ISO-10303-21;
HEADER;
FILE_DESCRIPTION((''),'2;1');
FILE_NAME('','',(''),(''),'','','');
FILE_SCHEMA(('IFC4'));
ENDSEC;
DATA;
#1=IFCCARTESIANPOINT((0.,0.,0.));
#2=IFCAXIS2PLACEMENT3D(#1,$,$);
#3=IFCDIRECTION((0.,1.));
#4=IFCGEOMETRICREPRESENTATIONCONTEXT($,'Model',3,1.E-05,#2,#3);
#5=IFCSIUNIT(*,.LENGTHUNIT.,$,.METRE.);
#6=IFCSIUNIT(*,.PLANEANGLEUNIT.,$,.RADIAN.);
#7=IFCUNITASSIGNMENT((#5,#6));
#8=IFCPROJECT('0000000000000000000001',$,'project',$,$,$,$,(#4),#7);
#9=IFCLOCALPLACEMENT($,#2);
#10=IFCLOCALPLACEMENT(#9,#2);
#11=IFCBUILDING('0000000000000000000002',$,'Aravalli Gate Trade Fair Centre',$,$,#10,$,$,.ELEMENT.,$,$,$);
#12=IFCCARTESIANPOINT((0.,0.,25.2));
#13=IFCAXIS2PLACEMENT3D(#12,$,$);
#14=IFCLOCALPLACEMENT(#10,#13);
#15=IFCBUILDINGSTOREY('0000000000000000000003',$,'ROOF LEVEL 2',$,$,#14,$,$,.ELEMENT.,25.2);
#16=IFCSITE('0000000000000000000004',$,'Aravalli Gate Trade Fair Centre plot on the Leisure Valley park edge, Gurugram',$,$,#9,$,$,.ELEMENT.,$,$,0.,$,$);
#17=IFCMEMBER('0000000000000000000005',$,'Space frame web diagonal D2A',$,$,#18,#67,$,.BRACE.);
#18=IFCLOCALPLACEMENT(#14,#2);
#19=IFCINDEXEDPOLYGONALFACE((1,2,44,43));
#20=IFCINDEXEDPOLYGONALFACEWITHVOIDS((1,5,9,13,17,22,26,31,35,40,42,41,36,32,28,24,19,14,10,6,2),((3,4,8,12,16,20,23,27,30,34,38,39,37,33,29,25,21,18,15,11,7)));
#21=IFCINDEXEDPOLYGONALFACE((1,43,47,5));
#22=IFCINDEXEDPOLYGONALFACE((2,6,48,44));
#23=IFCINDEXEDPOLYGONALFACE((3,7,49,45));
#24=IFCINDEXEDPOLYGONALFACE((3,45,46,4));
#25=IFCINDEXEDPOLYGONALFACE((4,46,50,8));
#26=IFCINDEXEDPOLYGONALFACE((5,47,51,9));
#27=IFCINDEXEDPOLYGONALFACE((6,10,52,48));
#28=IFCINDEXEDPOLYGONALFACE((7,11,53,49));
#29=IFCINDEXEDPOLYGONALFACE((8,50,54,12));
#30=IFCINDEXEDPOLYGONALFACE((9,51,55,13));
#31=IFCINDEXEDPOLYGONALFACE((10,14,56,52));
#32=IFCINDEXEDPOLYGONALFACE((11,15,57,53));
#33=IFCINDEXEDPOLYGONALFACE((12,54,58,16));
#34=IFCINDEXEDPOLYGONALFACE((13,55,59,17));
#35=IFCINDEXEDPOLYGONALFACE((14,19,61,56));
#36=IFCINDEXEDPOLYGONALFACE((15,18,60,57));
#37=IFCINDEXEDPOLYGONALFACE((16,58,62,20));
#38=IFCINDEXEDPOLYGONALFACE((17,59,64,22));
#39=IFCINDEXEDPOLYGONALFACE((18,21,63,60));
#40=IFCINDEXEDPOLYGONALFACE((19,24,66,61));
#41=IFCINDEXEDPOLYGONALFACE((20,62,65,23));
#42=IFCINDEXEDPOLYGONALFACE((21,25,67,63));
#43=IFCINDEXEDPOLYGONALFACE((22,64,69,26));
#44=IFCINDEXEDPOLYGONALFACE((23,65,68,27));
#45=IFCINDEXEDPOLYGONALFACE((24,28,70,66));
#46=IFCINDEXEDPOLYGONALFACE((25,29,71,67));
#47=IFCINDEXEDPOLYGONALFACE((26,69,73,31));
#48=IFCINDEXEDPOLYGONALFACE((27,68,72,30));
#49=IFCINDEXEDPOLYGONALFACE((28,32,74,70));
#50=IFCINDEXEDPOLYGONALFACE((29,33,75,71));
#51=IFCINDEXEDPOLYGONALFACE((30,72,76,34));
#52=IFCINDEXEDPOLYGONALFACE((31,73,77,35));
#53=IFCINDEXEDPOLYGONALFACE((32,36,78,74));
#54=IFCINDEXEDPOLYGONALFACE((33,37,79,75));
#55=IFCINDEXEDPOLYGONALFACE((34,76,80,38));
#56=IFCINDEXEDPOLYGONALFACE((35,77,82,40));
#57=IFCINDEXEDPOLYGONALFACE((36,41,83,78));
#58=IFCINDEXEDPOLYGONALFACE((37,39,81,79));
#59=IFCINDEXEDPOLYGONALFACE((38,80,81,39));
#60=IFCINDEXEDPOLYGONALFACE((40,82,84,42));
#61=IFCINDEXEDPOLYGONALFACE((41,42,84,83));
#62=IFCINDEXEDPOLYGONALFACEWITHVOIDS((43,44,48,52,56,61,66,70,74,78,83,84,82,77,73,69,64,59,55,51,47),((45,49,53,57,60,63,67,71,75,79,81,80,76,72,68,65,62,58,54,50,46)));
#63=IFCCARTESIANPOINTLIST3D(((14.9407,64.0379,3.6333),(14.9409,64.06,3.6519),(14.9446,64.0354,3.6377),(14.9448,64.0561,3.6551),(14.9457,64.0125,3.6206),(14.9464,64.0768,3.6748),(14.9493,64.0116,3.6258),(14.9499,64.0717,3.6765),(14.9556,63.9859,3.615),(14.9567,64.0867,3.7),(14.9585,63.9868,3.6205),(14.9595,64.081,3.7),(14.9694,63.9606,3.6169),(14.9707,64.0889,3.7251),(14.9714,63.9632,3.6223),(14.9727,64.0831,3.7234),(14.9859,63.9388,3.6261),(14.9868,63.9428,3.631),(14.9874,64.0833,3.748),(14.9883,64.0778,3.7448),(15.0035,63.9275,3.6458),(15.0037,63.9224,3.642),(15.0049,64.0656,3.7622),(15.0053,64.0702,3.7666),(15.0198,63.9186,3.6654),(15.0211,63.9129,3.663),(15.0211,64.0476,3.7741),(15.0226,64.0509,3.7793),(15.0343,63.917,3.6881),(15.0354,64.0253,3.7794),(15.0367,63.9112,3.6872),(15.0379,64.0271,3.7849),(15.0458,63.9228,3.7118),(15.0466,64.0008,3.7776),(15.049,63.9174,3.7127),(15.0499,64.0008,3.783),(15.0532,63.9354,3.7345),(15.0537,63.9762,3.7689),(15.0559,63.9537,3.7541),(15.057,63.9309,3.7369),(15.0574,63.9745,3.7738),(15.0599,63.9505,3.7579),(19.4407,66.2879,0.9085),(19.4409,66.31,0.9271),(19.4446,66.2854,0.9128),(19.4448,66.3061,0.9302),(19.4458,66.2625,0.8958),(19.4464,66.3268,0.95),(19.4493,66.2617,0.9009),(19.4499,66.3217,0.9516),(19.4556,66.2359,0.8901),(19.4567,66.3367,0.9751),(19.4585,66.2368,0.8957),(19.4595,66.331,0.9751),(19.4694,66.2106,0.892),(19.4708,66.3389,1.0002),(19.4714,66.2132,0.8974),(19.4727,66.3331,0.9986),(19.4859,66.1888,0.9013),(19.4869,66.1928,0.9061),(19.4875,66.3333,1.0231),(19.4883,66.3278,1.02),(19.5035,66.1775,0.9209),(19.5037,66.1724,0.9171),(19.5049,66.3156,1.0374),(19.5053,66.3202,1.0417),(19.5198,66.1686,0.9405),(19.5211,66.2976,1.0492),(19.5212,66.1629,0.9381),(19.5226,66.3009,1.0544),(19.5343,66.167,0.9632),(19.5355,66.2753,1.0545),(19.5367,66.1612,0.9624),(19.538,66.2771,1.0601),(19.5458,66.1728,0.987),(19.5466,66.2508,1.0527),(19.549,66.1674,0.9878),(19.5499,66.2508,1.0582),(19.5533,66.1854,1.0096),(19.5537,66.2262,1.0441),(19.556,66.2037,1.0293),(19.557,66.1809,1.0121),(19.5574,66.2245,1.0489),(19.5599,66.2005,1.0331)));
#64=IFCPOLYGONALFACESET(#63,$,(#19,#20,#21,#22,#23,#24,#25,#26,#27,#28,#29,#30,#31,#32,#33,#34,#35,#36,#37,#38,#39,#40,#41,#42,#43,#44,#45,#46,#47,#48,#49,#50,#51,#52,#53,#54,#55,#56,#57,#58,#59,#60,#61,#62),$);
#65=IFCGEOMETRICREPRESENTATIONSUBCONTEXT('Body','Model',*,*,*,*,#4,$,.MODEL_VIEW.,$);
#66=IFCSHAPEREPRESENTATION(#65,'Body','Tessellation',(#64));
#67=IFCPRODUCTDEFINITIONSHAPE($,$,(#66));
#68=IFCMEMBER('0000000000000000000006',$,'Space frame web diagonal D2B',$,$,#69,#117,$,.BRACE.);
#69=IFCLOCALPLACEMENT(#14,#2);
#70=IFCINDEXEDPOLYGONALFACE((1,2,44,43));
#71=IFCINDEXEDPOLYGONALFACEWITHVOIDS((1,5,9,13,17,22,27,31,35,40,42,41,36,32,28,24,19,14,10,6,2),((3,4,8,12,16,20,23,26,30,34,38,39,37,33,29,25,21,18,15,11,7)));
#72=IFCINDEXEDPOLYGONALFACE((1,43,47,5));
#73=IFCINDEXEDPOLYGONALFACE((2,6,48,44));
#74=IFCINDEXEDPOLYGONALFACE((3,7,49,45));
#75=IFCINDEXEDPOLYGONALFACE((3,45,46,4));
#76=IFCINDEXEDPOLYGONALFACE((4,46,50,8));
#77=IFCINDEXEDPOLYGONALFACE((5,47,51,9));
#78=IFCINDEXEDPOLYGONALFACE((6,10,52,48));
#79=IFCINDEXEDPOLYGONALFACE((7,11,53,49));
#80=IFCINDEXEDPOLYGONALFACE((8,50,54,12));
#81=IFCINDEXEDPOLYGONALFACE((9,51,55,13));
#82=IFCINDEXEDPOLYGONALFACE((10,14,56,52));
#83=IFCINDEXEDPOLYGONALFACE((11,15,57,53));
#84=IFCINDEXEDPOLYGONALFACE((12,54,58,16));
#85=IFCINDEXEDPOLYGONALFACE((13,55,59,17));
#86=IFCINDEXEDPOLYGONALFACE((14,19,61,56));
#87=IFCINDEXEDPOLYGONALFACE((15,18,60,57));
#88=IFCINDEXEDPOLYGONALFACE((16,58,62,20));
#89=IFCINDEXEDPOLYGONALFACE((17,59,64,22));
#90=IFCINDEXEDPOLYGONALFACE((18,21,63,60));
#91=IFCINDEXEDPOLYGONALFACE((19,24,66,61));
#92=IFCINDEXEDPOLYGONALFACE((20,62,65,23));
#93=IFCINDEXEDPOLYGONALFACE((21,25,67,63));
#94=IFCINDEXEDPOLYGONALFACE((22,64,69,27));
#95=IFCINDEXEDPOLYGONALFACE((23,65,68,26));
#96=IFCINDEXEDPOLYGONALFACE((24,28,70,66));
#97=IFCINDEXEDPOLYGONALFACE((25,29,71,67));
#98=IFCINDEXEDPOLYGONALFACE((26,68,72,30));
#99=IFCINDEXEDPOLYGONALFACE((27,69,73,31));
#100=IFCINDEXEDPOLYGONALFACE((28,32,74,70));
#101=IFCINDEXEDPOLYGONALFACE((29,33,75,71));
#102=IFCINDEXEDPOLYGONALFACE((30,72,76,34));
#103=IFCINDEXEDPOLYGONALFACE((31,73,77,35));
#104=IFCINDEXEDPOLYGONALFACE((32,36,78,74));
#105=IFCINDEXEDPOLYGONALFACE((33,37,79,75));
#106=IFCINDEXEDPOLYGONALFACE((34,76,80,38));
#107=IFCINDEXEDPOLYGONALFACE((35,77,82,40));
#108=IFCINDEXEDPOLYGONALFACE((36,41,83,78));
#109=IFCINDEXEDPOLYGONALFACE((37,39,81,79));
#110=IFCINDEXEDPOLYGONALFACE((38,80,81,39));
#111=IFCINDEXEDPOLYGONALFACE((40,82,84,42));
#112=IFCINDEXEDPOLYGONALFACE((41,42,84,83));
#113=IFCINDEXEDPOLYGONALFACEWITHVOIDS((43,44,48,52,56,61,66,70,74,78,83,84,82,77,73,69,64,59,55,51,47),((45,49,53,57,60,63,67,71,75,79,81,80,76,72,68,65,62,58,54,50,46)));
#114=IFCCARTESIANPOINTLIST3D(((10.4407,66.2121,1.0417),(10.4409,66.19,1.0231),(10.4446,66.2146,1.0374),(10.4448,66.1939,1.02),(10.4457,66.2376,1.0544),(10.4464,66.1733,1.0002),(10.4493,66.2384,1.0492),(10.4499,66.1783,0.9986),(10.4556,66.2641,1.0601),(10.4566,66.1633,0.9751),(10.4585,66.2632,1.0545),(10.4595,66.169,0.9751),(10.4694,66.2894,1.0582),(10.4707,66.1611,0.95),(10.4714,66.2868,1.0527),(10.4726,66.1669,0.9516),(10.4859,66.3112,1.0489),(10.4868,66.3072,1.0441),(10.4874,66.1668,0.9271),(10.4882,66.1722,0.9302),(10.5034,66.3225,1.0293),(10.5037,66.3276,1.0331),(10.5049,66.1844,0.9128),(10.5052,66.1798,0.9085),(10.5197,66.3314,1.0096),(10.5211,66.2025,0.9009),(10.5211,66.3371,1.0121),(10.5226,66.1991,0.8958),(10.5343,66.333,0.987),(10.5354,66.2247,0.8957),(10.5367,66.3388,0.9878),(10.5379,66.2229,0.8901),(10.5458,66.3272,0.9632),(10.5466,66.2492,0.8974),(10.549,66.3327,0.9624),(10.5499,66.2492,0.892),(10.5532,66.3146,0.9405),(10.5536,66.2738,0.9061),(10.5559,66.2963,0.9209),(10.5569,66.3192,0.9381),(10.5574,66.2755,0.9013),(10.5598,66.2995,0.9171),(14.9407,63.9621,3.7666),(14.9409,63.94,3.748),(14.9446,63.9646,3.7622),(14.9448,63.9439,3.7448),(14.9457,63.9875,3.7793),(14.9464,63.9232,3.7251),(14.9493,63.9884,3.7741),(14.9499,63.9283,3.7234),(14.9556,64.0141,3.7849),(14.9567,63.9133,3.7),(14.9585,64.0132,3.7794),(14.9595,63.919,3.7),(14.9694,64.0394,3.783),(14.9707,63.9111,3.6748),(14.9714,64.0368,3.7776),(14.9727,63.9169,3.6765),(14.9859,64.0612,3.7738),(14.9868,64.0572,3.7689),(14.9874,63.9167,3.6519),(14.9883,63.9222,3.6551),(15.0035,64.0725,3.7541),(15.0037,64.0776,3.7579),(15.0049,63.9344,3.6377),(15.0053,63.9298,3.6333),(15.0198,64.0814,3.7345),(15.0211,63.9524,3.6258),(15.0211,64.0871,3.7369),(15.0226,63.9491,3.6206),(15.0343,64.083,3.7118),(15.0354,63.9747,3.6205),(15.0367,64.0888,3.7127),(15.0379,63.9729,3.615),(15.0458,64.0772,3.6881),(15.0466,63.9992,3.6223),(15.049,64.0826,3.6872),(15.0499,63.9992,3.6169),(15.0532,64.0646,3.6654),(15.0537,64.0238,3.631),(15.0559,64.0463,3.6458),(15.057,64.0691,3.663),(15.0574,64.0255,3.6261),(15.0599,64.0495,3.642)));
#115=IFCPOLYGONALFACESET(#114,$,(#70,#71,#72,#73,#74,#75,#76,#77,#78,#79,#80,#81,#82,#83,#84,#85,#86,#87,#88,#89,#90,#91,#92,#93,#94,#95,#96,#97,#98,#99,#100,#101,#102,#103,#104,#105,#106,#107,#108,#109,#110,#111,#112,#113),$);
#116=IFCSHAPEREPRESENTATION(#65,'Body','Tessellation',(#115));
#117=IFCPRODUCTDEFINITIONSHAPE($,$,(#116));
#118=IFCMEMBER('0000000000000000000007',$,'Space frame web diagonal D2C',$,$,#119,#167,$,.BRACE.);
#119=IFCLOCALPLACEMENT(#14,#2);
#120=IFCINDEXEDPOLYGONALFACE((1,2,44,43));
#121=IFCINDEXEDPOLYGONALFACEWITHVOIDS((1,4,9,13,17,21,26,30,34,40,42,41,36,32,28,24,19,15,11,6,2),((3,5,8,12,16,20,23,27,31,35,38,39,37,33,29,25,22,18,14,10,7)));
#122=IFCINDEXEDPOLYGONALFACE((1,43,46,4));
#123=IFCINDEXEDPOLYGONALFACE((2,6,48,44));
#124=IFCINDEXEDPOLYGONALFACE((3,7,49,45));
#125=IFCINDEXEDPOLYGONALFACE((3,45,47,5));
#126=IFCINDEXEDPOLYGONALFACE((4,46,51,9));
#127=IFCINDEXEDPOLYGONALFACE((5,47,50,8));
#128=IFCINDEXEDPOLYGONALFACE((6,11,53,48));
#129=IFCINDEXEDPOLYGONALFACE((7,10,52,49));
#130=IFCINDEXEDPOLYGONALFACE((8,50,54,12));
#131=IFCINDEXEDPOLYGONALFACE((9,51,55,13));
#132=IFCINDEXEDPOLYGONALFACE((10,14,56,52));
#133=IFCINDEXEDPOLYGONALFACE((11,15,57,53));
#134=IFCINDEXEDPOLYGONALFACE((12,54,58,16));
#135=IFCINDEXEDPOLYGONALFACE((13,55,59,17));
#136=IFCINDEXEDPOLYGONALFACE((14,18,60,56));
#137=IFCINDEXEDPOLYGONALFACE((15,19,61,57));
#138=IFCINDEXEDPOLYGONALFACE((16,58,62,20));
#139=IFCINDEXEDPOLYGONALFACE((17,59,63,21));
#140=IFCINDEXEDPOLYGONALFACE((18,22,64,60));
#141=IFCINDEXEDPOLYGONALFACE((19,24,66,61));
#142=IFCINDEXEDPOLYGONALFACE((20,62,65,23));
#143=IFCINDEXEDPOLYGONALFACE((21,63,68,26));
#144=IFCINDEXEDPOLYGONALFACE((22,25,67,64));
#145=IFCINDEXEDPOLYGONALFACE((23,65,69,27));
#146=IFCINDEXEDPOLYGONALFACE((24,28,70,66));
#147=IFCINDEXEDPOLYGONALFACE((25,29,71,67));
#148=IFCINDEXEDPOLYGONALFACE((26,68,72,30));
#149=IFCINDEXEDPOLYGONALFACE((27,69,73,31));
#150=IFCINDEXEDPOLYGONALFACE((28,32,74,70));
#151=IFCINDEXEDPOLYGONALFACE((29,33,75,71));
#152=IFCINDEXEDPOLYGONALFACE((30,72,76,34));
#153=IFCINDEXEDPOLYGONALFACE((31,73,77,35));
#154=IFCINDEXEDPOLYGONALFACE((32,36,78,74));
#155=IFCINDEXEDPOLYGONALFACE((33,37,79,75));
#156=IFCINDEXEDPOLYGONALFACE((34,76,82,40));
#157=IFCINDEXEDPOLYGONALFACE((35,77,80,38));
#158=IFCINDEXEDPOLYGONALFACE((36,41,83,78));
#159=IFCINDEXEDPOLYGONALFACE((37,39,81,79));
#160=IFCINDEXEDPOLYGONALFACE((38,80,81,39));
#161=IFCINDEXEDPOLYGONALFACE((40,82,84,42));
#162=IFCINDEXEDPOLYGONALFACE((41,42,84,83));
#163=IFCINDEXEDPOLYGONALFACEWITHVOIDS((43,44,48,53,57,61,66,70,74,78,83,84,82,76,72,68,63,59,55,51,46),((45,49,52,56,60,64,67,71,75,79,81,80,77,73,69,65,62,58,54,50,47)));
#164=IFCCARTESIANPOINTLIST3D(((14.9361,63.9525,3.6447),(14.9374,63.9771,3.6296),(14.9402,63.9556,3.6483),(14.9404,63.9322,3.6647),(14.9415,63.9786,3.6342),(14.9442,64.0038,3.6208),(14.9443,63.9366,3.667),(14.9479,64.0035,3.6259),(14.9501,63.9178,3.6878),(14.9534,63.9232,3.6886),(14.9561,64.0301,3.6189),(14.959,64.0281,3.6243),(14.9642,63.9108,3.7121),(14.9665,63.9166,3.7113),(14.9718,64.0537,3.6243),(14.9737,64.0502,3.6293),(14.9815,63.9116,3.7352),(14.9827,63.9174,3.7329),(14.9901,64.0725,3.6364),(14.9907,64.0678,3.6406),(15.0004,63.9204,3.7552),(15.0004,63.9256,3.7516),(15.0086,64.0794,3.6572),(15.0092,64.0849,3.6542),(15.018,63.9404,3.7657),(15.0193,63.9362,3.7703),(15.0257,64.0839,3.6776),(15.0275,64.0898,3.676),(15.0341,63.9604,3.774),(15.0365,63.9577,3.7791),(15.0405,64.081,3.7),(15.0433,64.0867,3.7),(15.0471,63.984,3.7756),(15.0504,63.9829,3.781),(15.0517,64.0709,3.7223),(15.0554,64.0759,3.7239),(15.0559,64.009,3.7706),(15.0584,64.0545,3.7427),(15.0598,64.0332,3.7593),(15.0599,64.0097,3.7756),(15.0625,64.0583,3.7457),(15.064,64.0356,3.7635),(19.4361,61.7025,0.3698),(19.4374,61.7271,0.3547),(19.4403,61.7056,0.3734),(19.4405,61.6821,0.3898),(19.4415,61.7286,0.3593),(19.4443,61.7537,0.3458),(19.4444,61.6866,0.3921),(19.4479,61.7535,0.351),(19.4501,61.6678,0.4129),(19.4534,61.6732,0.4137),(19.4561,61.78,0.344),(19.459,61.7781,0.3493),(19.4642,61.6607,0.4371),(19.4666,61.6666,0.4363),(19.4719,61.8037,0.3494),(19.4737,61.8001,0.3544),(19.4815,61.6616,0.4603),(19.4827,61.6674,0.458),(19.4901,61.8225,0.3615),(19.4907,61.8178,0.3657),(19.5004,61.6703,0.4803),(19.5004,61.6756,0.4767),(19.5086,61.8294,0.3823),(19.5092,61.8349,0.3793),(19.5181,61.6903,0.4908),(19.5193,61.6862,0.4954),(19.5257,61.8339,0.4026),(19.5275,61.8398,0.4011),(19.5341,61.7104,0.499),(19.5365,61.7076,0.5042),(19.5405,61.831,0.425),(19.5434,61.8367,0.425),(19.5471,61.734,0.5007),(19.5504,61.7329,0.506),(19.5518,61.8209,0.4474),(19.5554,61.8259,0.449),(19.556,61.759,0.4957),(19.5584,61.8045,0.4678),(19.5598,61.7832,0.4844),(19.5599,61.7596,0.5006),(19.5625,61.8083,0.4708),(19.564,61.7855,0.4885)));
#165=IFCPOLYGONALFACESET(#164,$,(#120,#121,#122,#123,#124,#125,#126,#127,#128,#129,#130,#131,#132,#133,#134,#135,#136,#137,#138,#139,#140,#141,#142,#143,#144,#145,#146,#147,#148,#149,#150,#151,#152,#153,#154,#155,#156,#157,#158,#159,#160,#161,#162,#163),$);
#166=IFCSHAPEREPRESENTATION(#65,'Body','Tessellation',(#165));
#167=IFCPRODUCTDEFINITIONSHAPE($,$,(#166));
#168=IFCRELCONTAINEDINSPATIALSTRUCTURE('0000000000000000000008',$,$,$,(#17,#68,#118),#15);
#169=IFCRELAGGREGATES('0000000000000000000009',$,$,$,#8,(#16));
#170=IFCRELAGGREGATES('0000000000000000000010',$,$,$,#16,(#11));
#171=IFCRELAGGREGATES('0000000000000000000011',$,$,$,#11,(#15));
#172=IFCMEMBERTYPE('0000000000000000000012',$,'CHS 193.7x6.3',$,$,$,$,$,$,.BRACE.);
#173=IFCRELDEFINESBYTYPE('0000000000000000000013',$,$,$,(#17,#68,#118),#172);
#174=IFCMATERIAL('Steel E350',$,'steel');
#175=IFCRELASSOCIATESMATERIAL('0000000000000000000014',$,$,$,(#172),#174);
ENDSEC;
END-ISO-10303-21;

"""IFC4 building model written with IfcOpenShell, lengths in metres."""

from ifc_helpers import new_model, si_unit, direction, frame, origin, origin_2d, place, context, subcontext, project, spatial, hollow_circle, extrude, material, material_profile, profile_set, type_object, element, save


model = new_model("IFC4")

# Units and contexts
model_context = context("Model", 3, precision=1e-05, world=origin(), true_north=direction((0.0, 1.0)))
body_context = subcontext(model_context, "Body", "Model", "MODEL_VIEW")
ifc_project = project(units=[si_unit("LENGTHUNIT", "METRE"), si_unit("PLANEANGLEUNIT", "RADIAN")], contexts=[model_context])

# Site, building, storey
site_placement = place(None, origin())
site = spatial("IfcSite", under=ifc_project, at=site_placement, Name="Aravalli Gate Trade Fair Centre plot on the Leisure Valley park edge, Gurugram", CompositionType="ELEMENT", RefElevation=0.0)
building_placement = place(site_placement, origin())
building = spatial("IfcBuilding", under=site, at=building_placement, Name="Aravalli Gate Trade Fair Centre", CompositionType="ELEMENT")
storey_placement = place(building_placement, frame((0.0, 0.0, 25.2)))
storey = spatial("IfcBuildingStorey", under=building, at=storey_placement, Name="ROOF LEVEL 2", CompositionType="ELEMENT", Elevation=25.2)

# Members
ifc_material = material(Name="Steel E350", Category="steel")
ifc_material_profile_1 = material_profile(ifc_material, hollow_circle(Radius=0.0969, WallThickness=0.0063, at=origin_2d()), Name="CHS 193.7x6.3")
ifc_profile_set_1 = profile_set([ifc_material_profile_1], Name="Steel E350")
member_type_1 = type_object("IfcMemberType", Name="CHS 193.7x6.3", PredefinedType="BRACE", material=ifc_profile_set_1)
for number, where, z_axis, x_axis, name in (
    (1, (15.0, 64.0, 3.7), (0.786486, 0.393243, -0.476235), (-0.447214, 0.894427, 0.0), "Space frame web diagonal D2A"),
    (2, (15.0, 64.0, 3.7), (-0.786486, 0.393243, -0.476235), (-0.447214, -0.894427, 0.0), "Space frame web diagonal D2B"),
):
    element("IfcMember", number, at=place(storey_placement, frame(where, z_axis=z_axis, x_axis=x_axis)), inside=storey, type_object=member_type_1, Name=name, PredefinedType="BRACE", context=body_context, shape_type="SweptSolid", body=[
        extrude(hollow_circle(Radius=0.0969, WallThickness=0.0063, at=origin_2d()), origin(), (0.0, 0.0, 1.0), 5.7217),
    ])
for number, where, z_axis, x_axis, name in (
    (3, (15.0, 64.0, 3.7), (0.74961, -0.374805, -0.545533), (0.447214, 0.894427, 0.0), "Space frame web diagonal D2C"),
):
    element("IfcMember", number, at=place(storey_placement, frame(where, z_axis=z_axis, x_axis=x_axis)), inside=storey, type_object=member_type_1, Name=name, PredefinedType="BRACE", context=body_context, shape_type="SweptSolid", body=[
        extrude(hollow_circle(Radius=0.0969, WallThickness=0.0063, at=origin_2d()), origin(), (0.0, 0.0, 1.0), 6.0032),
    ])

save(model, "model.ifc")
